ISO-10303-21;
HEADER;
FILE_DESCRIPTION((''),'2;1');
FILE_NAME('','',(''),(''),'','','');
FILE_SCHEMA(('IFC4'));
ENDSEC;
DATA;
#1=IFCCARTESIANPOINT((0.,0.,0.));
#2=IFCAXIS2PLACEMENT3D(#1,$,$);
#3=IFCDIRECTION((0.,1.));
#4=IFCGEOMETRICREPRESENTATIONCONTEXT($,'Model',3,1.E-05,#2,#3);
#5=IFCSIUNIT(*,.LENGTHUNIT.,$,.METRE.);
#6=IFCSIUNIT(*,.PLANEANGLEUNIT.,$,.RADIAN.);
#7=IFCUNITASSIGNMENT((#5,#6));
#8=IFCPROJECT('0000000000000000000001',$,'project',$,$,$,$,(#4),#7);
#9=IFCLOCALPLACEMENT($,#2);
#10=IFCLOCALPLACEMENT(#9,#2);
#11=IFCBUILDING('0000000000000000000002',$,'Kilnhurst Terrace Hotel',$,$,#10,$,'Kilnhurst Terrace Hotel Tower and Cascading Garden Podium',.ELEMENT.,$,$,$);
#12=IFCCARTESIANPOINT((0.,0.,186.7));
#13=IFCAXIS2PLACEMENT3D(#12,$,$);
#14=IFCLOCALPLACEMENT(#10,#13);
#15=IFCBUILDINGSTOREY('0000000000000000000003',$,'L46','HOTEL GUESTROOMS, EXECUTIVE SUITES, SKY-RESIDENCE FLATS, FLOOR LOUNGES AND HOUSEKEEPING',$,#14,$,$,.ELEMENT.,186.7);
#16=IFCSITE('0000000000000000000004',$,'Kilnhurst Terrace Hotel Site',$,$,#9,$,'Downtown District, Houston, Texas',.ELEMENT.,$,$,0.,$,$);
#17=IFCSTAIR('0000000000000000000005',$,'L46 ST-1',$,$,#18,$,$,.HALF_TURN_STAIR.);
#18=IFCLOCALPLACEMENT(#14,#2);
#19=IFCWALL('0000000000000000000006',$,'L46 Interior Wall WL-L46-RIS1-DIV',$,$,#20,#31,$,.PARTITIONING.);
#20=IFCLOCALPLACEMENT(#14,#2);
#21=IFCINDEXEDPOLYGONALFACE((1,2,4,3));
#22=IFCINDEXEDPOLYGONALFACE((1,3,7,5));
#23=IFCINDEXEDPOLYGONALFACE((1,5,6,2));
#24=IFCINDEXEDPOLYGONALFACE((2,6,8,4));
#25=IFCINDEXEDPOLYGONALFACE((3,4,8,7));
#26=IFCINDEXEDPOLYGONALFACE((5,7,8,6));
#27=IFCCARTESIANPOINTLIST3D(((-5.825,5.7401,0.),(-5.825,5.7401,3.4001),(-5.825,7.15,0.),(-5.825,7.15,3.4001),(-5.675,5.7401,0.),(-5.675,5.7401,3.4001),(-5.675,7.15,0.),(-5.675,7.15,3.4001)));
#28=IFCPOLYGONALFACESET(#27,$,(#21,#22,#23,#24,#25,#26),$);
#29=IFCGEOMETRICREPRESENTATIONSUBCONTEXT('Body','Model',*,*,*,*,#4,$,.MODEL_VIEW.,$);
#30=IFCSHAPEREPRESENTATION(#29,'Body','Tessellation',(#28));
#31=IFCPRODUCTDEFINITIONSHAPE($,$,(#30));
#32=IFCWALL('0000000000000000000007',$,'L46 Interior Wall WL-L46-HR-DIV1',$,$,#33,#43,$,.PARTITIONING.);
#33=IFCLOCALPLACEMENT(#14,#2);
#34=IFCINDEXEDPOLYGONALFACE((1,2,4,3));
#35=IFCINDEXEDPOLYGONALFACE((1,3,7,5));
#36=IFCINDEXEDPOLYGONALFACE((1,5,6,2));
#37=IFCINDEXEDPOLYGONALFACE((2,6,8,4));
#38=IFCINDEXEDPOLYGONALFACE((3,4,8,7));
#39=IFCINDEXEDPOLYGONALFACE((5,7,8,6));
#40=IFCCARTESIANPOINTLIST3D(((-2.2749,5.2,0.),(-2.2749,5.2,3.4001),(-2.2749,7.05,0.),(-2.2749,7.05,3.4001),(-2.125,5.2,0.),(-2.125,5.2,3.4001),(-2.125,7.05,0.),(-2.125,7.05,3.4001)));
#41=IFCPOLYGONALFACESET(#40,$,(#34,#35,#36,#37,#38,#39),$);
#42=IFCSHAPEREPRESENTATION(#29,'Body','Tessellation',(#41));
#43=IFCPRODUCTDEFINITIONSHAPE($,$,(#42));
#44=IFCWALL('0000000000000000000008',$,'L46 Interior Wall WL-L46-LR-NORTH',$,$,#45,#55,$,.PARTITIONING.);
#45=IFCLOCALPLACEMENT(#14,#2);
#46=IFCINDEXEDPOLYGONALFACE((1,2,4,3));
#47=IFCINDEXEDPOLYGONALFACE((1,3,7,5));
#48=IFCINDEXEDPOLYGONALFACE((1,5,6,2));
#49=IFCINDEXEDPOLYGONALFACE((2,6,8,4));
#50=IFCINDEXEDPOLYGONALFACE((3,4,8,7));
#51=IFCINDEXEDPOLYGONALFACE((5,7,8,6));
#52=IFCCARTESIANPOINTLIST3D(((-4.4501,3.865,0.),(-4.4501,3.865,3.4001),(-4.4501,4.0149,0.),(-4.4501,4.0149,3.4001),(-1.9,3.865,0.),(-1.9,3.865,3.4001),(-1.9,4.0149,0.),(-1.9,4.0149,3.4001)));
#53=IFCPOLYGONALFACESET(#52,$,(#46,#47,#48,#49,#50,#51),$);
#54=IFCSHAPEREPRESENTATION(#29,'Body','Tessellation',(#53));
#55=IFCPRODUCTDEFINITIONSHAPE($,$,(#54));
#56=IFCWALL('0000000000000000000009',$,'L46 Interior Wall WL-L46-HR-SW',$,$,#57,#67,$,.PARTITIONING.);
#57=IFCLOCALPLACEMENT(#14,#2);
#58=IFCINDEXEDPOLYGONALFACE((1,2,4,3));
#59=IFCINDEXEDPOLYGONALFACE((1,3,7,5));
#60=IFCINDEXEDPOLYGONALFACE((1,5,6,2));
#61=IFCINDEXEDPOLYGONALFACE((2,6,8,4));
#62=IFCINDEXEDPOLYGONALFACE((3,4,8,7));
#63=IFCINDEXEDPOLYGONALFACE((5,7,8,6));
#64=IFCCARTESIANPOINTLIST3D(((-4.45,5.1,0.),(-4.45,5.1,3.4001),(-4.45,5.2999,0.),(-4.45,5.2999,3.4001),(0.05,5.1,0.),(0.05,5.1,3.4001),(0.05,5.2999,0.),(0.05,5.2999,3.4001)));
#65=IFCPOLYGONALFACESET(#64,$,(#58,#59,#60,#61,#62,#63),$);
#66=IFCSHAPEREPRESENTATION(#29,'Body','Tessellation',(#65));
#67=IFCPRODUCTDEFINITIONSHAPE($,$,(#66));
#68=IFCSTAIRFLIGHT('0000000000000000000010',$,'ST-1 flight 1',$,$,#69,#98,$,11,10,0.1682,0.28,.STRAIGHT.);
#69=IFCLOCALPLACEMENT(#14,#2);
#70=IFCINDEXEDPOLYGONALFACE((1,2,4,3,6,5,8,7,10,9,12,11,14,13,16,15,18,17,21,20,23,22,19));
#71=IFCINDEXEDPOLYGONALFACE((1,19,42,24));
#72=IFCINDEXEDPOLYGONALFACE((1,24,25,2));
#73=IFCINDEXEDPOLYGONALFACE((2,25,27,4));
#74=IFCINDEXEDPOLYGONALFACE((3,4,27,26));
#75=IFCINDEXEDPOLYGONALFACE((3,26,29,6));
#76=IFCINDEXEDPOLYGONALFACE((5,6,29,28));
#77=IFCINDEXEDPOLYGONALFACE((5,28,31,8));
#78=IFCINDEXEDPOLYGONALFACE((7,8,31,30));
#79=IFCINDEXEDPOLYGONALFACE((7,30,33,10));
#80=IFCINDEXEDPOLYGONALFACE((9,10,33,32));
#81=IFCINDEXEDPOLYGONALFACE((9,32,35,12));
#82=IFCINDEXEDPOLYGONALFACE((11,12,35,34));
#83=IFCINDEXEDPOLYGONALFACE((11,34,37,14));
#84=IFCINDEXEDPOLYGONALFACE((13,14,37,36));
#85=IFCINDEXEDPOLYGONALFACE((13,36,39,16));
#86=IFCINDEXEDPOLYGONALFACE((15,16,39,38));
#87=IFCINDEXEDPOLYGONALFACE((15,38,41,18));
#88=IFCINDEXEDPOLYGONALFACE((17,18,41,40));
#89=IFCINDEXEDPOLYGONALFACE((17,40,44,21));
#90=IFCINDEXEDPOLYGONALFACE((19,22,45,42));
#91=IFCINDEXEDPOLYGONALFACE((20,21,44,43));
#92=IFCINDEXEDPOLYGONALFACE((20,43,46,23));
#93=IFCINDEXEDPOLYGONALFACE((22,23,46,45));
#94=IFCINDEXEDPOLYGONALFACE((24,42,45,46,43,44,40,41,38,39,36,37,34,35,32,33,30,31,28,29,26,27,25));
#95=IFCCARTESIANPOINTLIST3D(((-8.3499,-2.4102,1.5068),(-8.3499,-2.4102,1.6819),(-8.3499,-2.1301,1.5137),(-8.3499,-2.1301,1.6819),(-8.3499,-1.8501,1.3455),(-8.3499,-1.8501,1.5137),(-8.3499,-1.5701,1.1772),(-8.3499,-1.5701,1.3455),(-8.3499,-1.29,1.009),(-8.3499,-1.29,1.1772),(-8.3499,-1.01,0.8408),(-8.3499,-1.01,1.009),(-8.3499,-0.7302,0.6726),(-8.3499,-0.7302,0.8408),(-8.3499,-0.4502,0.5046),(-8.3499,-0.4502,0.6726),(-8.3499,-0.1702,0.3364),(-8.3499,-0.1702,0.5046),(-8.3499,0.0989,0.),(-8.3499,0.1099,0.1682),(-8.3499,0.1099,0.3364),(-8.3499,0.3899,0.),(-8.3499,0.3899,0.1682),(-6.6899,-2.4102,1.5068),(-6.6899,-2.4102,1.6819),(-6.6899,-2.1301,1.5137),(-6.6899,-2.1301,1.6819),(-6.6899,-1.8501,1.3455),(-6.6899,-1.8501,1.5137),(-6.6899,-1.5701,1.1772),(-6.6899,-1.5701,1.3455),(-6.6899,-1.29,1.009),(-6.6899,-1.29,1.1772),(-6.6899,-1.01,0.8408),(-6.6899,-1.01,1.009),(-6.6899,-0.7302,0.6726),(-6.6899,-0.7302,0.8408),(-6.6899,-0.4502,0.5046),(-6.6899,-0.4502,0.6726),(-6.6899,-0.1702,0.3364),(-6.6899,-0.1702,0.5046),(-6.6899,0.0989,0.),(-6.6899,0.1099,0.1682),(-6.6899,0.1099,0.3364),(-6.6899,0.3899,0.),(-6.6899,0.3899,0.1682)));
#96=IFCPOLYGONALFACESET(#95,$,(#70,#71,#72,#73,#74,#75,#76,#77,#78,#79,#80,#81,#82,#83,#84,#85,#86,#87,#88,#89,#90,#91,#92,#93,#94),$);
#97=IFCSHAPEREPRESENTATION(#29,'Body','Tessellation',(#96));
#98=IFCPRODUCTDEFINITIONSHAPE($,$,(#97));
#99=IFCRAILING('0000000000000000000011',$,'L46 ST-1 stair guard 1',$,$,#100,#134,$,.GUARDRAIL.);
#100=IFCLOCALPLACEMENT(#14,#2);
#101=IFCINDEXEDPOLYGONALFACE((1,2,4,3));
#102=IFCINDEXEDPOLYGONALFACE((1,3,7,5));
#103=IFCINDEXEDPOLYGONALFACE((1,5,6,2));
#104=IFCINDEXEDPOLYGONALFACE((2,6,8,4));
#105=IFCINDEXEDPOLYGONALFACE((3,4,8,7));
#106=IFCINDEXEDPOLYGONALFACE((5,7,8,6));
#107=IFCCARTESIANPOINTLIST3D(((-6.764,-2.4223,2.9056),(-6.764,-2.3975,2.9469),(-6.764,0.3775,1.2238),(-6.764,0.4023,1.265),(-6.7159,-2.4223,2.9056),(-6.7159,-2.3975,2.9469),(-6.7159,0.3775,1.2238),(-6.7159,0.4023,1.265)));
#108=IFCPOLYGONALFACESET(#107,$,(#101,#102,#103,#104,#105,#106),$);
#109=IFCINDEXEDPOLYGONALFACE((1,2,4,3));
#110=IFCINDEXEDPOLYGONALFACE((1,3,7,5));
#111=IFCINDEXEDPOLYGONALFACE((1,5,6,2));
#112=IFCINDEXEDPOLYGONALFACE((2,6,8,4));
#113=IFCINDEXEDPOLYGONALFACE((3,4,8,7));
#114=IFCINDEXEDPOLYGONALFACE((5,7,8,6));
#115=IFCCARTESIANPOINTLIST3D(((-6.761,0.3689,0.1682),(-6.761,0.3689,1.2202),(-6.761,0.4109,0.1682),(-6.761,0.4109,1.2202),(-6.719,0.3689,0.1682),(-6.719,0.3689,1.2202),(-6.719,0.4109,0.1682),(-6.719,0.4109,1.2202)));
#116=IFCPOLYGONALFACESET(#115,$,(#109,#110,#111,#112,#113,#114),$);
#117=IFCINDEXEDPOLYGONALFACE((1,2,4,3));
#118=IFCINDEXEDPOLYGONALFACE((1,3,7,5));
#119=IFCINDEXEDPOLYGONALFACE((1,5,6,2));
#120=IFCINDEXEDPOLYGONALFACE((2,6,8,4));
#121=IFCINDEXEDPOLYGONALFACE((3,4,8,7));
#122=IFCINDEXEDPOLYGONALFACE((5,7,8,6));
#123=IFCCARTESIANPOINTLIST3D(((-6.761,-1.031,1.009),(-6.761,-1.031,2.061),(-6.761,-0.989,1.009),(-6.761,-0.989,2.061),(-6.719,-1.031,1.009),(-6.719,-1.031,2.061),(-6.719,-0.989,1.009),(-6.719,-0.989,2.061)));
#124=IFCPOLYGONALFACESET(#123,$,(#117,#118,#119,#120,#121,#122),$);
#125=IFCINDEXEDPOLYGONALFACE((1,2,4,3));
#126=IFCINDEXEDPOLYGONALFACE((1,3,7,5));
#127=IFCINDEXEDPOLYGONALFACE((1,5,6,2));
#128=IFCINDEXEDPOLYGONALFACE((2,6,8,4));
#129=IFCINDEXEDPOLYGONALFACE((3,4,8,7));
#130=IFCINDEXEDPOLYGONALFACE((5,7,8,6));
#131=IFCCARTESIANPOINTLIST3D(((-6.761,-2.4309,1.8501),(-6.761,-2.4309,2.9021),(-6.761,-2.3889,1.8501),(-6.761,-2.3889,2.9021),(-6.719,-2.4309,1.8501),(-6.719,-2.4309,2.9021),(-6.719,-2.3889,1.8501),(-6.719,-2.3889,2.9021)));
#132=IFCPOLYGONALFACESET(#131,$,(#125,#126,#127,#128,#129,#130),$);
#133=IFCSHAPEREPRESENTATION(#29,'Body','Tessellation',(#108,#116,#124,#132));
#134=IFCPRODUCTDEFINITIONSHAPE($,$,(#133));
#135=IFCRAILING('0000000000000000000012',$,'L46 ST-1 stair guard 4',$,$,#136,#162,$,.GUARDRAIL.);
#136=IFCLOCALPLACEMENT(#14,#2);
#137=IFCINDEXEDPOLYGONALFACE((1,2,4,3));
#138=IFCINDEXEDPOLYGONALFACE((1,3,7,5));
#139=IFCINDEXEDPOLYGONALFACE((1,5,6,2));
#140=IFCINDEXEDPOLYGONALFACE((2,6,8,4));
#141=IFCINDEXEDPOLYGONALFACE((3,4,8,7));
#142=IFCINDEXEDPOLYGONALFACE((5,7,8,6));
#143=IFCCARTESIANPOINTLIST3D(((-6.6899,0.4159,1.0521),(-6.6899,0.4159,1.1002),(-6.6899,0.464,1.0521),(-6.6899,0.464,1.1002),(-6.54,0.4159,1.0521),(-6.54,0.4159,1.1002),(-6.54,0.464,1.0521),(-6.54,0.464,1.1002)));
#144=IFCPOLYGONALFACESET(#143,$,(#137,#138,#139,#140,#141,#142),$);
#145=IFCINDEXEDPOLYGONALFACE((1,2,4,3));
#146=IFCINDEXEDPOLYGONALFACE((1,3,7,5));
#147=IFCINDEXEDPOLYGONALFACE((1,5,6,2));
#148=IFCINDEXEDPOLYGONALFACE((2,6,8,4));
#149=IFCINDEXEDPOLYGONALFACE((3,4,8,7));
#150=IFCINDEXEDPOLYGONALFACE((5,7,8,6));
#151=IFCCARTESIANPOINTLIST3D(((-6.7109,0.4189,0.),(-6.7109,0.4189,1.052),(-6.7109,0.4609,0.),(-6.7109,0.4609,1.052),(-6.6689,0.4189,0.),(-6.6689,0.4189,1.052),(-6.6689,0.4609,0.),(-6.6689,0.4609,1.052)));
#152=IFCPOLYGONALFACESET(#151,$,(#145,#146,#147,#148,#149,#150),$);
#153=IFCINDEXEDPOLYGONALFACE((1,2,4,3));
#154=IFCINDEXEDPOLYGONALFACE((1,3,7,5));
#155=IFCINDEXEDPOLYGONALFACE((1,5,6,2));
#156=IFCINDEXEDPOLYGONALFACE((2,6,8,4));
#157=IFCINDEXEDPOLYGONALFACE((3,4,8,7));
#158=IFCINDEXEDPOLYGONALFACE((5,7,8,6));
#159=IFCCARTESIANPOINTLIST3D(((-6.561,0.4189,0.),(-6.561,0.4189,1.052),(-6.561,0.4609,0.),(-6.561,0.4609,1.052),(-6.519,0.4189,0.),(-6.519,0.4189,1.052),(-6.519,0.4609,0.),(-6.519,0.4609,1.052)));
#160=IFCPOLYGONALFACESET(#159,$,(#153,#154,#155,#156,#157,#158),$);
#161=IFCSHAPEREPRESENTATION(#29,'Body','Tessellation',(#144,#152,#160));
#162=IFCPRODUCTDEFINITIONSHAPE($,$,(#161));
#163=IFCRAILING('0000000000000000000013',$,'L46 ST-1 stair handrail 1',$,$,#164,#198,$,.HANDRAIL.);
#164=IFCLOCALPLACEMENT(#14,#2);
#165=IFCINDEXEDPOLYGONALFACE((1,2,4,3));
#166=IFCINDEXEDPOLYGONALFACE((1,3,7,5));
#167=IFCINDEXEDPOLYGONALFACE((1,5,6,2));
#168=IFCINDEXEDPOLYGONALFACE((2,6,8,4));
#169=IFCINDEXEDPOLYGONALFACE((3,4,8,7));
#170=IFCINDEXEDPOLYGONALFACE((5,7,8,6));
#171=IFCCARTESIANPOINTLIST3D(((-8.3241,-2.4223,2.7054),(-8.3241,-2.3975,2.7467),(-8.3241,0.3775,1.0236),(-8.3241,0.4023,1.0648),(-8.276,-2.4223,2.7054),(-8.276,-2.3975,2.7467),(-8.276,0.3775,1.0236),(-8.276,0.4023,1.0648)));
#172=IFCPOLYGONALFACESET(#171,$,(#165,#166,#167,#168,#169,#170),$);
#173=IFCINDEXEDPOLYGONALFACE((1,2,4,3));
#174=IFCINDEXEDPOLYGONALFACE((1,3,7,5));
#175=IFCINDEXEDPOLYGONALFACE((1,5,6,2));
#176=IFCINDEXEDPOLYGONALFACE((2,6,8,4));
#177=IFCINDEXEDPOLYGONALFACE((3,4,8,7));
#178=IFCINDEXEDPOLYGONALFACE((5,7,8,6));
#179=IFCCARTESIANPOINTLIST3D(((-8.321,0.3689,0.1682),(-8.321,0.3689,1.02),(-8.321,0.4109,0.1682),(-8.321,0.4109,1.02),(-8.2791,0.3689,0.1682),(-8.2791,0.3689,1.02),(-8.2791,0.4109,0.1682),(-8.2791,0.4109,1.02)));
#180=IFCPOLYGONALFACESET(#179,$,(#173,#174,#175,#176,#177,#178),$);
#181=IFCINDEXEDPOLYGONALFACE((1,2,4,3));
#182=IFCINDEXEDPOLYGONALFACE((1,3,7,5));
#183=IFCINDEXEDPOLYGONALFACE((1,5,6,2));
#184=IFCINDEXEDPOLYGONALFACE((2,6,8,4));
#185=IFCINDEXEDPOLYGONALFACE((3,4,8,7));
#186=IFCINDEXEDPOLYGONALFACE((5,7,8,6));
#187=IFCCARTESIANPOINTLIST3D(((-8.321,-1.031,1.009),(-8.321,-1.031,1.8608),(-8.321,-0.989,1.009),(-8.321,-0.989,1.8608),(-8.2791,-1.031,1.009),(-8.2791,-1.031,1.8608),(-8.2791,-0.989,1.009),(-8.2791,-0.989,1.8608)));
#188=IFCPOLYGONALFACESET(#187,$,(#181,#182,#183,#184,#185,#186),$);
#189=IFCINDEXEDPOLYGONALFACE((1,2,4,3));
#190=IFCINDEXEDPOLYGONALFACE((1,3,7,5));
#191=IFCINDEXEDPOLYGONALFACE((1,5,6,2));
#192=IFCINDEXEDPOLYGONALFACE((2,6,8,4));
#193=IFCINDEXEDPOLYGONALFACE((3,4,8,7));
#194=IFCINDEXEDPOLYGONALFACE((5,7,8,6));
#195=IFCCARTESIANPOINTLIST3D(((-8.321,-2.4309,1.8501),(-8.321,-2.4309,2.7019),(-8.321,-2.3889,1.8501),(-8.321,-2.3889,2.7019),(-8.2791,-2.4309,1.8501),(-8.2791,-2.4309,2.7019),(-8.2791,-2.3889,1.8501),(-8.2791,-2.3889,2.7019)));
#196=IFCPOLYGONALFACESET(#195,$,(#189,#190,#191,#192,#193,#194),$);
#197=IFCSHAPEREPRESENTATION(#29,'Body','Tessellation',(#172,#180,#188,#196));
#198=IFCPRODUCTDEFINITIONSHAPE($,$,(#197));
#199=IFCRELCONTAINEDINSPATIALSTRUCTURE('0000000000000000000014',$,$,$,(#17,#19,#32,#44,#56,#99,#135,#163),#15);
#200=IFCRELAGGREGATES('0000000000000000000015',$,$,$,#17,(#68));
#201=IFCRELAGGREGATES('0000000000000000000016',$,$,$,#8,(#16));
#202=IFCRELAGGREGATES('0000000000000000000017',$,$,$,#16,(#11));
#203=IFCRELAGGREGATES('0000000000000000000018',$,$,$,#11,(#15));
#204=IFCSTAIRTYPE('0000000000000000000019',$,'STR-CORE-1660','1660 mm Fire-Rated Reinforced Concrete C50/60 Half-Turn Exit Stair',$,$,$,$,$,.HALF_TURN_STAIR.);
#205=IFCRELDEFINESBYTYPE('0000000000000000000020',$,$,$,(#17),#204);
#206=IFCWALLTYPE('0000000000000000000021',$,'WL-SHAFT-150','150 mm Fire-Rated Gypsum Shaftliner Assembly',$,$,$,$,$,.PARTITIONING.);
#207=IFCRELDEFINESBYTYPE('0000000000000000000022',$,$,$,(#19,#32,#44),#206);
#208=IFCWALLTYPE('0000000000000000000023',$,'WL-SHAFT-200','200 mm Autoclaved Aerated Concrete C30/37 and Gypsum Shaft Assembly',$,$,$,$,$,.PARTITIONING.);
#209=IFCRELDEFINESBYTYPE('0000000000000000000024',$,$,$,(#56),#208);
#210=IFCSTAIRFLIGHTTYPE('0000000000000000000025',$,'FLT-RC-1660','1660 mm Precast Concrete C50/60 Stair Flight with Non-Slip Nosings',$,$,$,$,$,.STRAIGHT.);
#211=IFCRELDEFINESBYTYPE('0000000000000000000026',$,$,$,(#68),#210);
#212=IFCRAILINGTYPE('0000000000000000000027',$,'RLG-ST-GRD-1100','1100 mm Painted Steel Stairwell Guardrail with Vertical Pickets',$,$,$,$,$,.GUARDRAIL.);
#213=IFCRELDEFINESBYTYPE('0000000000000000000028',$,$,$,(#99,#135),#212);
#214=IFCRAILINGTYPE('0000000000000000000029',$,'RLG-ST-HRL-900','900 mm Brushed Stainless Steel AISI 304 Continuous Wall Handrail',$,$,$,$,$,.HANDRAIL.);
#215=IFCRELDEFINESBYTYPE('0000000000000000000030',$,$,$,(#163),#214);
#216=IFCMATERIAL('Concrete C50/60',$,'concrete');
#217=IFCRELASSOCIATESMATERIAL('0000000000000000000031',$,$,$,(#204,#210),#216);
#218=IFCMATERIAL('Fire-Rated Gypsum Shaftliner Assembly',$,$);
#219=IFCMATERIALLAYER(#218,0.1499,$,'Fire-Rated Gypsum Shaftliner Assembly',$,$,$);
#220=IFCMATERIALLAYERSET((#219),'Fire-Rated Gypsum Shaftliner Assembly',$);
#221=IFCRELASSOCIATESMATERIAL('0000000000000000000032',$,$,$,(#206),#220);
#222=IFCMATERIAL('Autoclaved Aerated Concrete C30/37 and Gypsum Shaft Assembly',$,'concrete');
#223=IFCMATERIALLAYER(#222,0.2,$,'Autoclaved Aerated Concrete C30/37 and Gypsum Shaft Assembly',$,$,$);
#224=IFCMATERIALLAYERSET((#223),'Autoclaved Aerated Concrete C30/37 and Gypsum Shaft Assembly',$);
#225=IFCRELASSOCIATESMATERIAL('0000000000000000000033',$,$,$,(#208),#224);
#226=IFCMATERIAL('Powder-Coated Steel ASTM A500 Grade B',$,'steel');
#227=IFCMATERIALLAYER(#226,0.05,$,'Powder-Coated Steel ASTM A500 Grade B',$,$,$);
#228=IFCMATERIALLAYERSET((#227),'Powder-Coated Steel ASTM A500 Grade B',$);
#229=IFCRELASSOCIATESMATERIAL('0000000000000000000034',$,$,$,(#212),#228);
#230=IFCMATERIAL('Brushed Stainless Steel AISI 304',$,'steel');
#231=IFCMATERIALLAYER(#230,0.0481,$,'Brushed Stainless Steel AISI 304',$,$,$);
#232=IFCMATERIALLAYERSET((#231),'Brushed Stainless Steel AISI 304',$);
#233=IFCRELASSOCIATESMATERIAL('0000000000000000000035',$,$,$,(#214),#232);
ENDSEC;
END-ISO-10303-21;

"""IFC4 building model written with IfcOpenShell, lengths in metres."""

from ifc_helpers import new_model, si_unit, direction, frame, frame_2d, origin, origin_2d, place, context, subcontext, project, spatial, polyline, rectangle, outline, extrude, material, layer, layer_set, type_object, element, aggregate, save


model = new_model("IFC4")

# Units and contexts
model_context = context("Model", 3, precision=1e-05, world=origin(), true_north=direction((0.0, 1.0)))
body_context = subcontext(model_context, "Body", "Model", "MODEL_VIEW")
ifc_project = project(units=[si_unit("LENGTHUNIT", "METRE"), si_unit("PLANEANGLEUNIT", "RADIAN")], contexts=[model_context])

# Site, building, storey
site_placement = place(None, origin())
site = spatial("IfcSite", under=ifc_project, at=site_placement, Name="Kilnhurst Terrace Hotel Site", LongName="Downtown District, Houston, Texas", CompositionType="ELEMENT", RefElevation=0.0)
building_placement = place(site_placement, origin())
building = spatial("IfcBuilding", under=site, at=building_placement, Name="Kilnhurst Terrace Hotel", LongName="Kilnhurst Terrace Hotel Tower and Cascading Garden Podium", CompositionType="ELEMENT")
storey_placement = place(building_placement, frame((0.0, 0.0, 186.7)))
storey = spatial("IfcBuildingStorey", under=building, at=storey_placement, Name="L46", Description="HOTEL GUESTROOMS, EXECUTIVE SUITES, SKY-RESIDENCE FLATS, FLOOR LOUNGES AND HOUSEKEEPING", CompositionType="ELEMENT", Elevation=186.7)

# Shared definitions
ifc_material_1 = material(Name="Concrete C50/60", Category="concrete")

# Stair
stair_type = type_object("IfcStairType", Name="STR-CORE-1660", Description="1660 mm Fire-Rated Reinforced Concrete C50/60 Half-Turn Exit Stair", PredefinedType="HALF_TURN_STAIR", material=ifc_material_1)
stair_1_placement = place(storey_placement, origin())
stair_1 = element("IfcStair", 1, at=stair_1_placement, inside=storey, type_object=stair_type, Name="L46 ST-1", PredefinedType="HALF_TURN_STAIR")

# Walls
ifc_material_2 = material(Name="Fire-Rated Gypsum Shaftliner Assembly")
ifc_layer_1 = layer(ifc_material_2, 0.1499, Name="Fire-Rated Gypsum Shaftliner Assembly")
ifc_layer_set_1 = layer_set([ifc_layer_1], Name="Fire-Rated Gypsum Shaftliner Assembly")
wall_type_1 = type_object("IfcWallType", Name="WL-SHAFT-150", Description="150 mm Fire-Rated Gypsum Shaftliner Assembly", PredefinedType="PARTITIONING", material=ifc_layer_set_1)
wall_1_placement = place(storey_placement, frame((-5.75, 5.74, 0.0), z_axis=(0.0, 0.0, 1.0), x_axis=(0.0, 1.0, 0.0)))
element("IfcWall", 2, at=wall_1_placement, inside=storey, type_object=wall_type_1, Name="L46 Interior Wall WL-L46-RIS1-DIV", PredefinedType="PARTITIONING", context=body_context, shape_type="SweptSolid", body=[
    extrude(rectangle(XDim=1.4099, YDim=0.1499, at=frame_2d((0.7051, 0.0))), origin(), (0.0, 0.0, 1.0), 3.4001),
])
wall_2_placement = place(storey_placement, frame((-2.2, 5.2, 0.0), z_axis=(0.0, 0.0, 1.0), x_axis=(0.0, 1.0, 0.0)))
element("IfcWall", 3, at=wall_2_placement, inside=storey, type_object=wall_type_1, Name="L46 Interior Wall WL-L46-HR-DIV1", PredefinedType="PARTITIONING", context=body_context, shape_type="SweptSolid", body=[
    extrude(rectangle(XDim=1.8501, YDim=0.1499, at=frame_2d((0.925, 0.0))), origin(), (0.0, 0.0, 1.0), 3.4001),
])
wall_3_placement = place(storey_placement, frame((-4.45, 3.9399, 0.0), z_axis=(0.0, 0.0, 1.0), x_axis=(1.0, 0.0, 0.0)))
element("IfcWall", 4, at=wall_3_placement, inside=storey, type_object=wall_type_1, Name="L46 Interior Wall WL-L46-LR-NORTH", PredefinedType="PARTITIONING", context=body_context, shape_type="SweptSolid", body=[
    extrude(rectangle(XDim=2.55, YDim=0.1499, at=frame_2d((1.2749, 0.0))), origin(), (0.0, 0.0, 1.0), 3.4001),
])
ifc_material_3 = material(Name="Autoclaved Aerated Concrete C30/37 and Gypsum Shaft Assembly", Category="concrete")
ifc_layer_2 = layer(ifc_material_3, 0.2, Name="Autoclaved Aerated Concrete C30/37 and Gypsum Shaft Assembly")
ifc_layer_set_2 = layer_set([ifc_layer_2], Name="Autoclaved Aerated Concrete C30/37 and Gypsum Shaft Assembly")
wall_type_2 = type_object("IfcWallType", Name="WL-SHAFT-200", Description="200 mm Autoclaved Aerated Concrete C30/37 and Gypsum Shaft Assembly", PredefinedType="PARTITIONING", material=ifc_layer_set_2)
wall_4_placement = place(storey_placement, frame((-4.45, 5.2, 0.0), z_axis=(0.0, 0.0, 1.0), x_axis=(1.0, 0.0, 0.0)))
element("IfcWall", 5, at=wall_4_placement, inside=storey, type_object=wall_type_2, Name="L46 Interior Wall WL-L46-HR-SW", PredefinedType="PARTITIONING", context=body_context, shape_type="SweptSolid", body=[
    extrude(rectangle(XDim=4.5, YDim=0.2, at=frame_2d((2.25, 0.0))), origin(), (0.0, 0.0, 1.0), 3.4001),
])

# Stair flight
stair_flight_type = type_object("IfcStairFlightType", Name="FLT-RC-1660", Description="1660 mm Precast Concrete C50/60 Stair Flight with Non-Slip Nosings", PredefinedType="STRAIGHT", material=ifc_material_1)
stair_flight_placement = place(storey_placement, frame((-7.52, 0.3899, 0.0), z_axis=(0.0, 0.0, 1.0), x_axis=(0.0, -1.0, 0.0)))
stair_flight = element("IfcStairFlight", 6, at=stair_flight_placement, type_object=stair_flight_type, Name="ST-1 flight 1", NumberOfRisers=11, NumberOfTreads=10, PredefinedType="STRAIGHT", RiserHeight=0.1682, TreadLength=0.28, context=body_context, shape_type="SweptSolid", body=[
    extrude(outline(polyline([(0.0, 0.0), (0.0, 0.1682), (0.28, 0.1682), (0.28, 0.3364), (0.5601, 0.3364), (0.5601, 0.5046), (0.8401, 0.5046), (0.8401, 0.6726), (1.1201, 0.6726), (1.1201, 0.8408), (1.3999, 0.8408), (1.3999, 1.009), (1.6799, 1.009), (1.6799, 1.1772), (1.96, 1.1772), (1.96, 1.3455), (2.24, 1.3455), (2.24, 1.5137), (2.52, 1.5137), (2.52, 1.6819), (2.8, 1.6819), (2.8, 1.8501), (2.8, 1.5068), (0.291, 0.0), (0.0, 0.0)])), frame((0.0, 0.8301, 0.0), z_axis=(0.0, -1.0, 0.0), x_axis=(1.0, 0.0, 0.0)), (0.0, 0.0, 1.0), 1.6599),
])
aggregate(stair_1, [stair_flight])

# Railings
ifc_material_4 = material(Name="Powder-Coated Steel ASTM A500 Grade B", Category="steel")
ifc_layer_3 = layer(ifc_material_4, 0.05, Name="Powder-Coated Steel ASTM A500 Grade B")
ifc_layer_set_3 = layer_set([ifc_layer_3], Name="Powder-Coated Steel ASTM A500 Grade B")
railing_type_1 = type_object("IfcRailingType", Name="RLG-ST-GRD-1100", Description="1100 mm Painted Steel Stairwell Guardrail with Vertical Pickets", PredefinedType="GUARDRAIL", material=ifc_layer_set_3)
railing_1_placement = place(storey_placement, frame((-6.74, 0.3899, 0.1682)))
element("IfcRailing", 7, at=railing_1_placement, inside=storey, type_object=railing_type_1, Name="L46 ST-1 stair guard 1", PredefinedType="GUARDRAIL", context=body_context, shape_type="SweptSolid", body=[
    extrude(rectangle(XDim=0.0481, YDim=0.0481, at=origin_2d()), frame((0.0, 0.0, 1.0762), z_axis=(0.0, -0.857222, 0.514946), x_axis=(1.0, 0.0, 0.0)), (0.0, 0.0, 1.0), 3.2661),
    extrude(rectangle(XDim=0.042, YDim=0.042, at=origin_2d()), origin(), (0.0, 0.0, 1.0), 1.052),
    extrude(rectangle(XDim=0.042, YDim=0.042, at=origin_2d()), frame((0.0, -1.3999, 0.8408)), (0.0, 0.0, 1.0), 1.052),
    extrude(rectangle(XDim=0.042, YDim=0.042, at=origin_2d()), frame((0.0, -2.7998, 1.6819)), (0.0, 0.0, 1.0), 1.052),
])
railing_2_placement = place(storey_placement, frame((-6.6899, 0.4399, 0.0)))
element("IfcRailing", 8, at=railing_2_placement, inside=storey, type_object=railing_type_1, Name="L46 ST-1 stair guard 4", PredefinedType="GUARDRAIL", context=body_context, shape_type="SweptSolid", body=[
    extrude(rectangle(XDim=0.0481, YDim=0.0481, at=origin_2d()), frame((0.0, 0.0, 1.0762), z_axis=(1.0, 0.0, 0.0), x_axis=(0.0, 1.0, 0.0)), (0.0, 0.0, 1.0), 0.1499),
    extrude(rectangle(XDim=0.042, YDim=0.042, at=origin_2d()), origin(), (0.0, 0.0, 1.0), 1.052),
    extrude(rectangle(XDim=0.042, YDim=0.042, at=origin_2d()), frame((0.1499, 0.0, 0.0)), (0.0, 0.0, 1.0), 1.052),
])
ifc_material_5 = material(Name="Brushed Stainless Steel AISI 304", Category="steel")
ifc_layer_4 = layer(ifc_material_5, 0.0481, Name="Brushed Stainless Steel AISI 304")
ifc_layer_set_4 = layer_set([ifc_layer_4], Name="Brushed Stainless Steel AISI 304")
railing_type_2 = type_object("IfcRailingType", Name="RLG-ST-HRL-900", Description="900 mm Brushed Stainless Steel AISI 304 Continuous Wall Handrail", PredefinedType="HANDRAIL", material=ifc_layer_set_4)
railing_3_placement = place(storey_placement, frame((-8.3, 0.3899, 0.1682)))
element("IfcRailing", 9, at=railing_3_placement, inside=storey, type_object=railing_type_2, Name="L46 ST-1 stair handrail 1", PredefinedType="HANDRAIL", context=body_context, shape_type="SweptSolid", body=[
    extrude(rectangle(XDim=0.0481, YDim=0.0481, at=origin_2d()), frame((0.0, 0.0, 0.876), z_axis=(0.0, -0.857222, 0.514946), x_axis=(1.0, 0.0, 0.0)), (0.0, 0.0, 1.0), 3.2661),
    extrude(rectangle(XDim=0.042, YDim=0.042, at=origin_2d()), origin(), (0.0, 0.0, 1.0), 0.8518),
    extrude(rectangle(XDim=0.042, YDim=0.042, at=origin_2d()), frame((0.0, -1.3999, 0.8408)), (0.0, 0.0, 1.0), 0.8518),
    extrude(rectangle(XDim=0.042, YDim=0.042, at=origin_2d()), frame((0.0, -2.7998, 1.6819)), (0.0, 0.0, 1.0), 0.8518),
])

save(model, "model.ifc")
